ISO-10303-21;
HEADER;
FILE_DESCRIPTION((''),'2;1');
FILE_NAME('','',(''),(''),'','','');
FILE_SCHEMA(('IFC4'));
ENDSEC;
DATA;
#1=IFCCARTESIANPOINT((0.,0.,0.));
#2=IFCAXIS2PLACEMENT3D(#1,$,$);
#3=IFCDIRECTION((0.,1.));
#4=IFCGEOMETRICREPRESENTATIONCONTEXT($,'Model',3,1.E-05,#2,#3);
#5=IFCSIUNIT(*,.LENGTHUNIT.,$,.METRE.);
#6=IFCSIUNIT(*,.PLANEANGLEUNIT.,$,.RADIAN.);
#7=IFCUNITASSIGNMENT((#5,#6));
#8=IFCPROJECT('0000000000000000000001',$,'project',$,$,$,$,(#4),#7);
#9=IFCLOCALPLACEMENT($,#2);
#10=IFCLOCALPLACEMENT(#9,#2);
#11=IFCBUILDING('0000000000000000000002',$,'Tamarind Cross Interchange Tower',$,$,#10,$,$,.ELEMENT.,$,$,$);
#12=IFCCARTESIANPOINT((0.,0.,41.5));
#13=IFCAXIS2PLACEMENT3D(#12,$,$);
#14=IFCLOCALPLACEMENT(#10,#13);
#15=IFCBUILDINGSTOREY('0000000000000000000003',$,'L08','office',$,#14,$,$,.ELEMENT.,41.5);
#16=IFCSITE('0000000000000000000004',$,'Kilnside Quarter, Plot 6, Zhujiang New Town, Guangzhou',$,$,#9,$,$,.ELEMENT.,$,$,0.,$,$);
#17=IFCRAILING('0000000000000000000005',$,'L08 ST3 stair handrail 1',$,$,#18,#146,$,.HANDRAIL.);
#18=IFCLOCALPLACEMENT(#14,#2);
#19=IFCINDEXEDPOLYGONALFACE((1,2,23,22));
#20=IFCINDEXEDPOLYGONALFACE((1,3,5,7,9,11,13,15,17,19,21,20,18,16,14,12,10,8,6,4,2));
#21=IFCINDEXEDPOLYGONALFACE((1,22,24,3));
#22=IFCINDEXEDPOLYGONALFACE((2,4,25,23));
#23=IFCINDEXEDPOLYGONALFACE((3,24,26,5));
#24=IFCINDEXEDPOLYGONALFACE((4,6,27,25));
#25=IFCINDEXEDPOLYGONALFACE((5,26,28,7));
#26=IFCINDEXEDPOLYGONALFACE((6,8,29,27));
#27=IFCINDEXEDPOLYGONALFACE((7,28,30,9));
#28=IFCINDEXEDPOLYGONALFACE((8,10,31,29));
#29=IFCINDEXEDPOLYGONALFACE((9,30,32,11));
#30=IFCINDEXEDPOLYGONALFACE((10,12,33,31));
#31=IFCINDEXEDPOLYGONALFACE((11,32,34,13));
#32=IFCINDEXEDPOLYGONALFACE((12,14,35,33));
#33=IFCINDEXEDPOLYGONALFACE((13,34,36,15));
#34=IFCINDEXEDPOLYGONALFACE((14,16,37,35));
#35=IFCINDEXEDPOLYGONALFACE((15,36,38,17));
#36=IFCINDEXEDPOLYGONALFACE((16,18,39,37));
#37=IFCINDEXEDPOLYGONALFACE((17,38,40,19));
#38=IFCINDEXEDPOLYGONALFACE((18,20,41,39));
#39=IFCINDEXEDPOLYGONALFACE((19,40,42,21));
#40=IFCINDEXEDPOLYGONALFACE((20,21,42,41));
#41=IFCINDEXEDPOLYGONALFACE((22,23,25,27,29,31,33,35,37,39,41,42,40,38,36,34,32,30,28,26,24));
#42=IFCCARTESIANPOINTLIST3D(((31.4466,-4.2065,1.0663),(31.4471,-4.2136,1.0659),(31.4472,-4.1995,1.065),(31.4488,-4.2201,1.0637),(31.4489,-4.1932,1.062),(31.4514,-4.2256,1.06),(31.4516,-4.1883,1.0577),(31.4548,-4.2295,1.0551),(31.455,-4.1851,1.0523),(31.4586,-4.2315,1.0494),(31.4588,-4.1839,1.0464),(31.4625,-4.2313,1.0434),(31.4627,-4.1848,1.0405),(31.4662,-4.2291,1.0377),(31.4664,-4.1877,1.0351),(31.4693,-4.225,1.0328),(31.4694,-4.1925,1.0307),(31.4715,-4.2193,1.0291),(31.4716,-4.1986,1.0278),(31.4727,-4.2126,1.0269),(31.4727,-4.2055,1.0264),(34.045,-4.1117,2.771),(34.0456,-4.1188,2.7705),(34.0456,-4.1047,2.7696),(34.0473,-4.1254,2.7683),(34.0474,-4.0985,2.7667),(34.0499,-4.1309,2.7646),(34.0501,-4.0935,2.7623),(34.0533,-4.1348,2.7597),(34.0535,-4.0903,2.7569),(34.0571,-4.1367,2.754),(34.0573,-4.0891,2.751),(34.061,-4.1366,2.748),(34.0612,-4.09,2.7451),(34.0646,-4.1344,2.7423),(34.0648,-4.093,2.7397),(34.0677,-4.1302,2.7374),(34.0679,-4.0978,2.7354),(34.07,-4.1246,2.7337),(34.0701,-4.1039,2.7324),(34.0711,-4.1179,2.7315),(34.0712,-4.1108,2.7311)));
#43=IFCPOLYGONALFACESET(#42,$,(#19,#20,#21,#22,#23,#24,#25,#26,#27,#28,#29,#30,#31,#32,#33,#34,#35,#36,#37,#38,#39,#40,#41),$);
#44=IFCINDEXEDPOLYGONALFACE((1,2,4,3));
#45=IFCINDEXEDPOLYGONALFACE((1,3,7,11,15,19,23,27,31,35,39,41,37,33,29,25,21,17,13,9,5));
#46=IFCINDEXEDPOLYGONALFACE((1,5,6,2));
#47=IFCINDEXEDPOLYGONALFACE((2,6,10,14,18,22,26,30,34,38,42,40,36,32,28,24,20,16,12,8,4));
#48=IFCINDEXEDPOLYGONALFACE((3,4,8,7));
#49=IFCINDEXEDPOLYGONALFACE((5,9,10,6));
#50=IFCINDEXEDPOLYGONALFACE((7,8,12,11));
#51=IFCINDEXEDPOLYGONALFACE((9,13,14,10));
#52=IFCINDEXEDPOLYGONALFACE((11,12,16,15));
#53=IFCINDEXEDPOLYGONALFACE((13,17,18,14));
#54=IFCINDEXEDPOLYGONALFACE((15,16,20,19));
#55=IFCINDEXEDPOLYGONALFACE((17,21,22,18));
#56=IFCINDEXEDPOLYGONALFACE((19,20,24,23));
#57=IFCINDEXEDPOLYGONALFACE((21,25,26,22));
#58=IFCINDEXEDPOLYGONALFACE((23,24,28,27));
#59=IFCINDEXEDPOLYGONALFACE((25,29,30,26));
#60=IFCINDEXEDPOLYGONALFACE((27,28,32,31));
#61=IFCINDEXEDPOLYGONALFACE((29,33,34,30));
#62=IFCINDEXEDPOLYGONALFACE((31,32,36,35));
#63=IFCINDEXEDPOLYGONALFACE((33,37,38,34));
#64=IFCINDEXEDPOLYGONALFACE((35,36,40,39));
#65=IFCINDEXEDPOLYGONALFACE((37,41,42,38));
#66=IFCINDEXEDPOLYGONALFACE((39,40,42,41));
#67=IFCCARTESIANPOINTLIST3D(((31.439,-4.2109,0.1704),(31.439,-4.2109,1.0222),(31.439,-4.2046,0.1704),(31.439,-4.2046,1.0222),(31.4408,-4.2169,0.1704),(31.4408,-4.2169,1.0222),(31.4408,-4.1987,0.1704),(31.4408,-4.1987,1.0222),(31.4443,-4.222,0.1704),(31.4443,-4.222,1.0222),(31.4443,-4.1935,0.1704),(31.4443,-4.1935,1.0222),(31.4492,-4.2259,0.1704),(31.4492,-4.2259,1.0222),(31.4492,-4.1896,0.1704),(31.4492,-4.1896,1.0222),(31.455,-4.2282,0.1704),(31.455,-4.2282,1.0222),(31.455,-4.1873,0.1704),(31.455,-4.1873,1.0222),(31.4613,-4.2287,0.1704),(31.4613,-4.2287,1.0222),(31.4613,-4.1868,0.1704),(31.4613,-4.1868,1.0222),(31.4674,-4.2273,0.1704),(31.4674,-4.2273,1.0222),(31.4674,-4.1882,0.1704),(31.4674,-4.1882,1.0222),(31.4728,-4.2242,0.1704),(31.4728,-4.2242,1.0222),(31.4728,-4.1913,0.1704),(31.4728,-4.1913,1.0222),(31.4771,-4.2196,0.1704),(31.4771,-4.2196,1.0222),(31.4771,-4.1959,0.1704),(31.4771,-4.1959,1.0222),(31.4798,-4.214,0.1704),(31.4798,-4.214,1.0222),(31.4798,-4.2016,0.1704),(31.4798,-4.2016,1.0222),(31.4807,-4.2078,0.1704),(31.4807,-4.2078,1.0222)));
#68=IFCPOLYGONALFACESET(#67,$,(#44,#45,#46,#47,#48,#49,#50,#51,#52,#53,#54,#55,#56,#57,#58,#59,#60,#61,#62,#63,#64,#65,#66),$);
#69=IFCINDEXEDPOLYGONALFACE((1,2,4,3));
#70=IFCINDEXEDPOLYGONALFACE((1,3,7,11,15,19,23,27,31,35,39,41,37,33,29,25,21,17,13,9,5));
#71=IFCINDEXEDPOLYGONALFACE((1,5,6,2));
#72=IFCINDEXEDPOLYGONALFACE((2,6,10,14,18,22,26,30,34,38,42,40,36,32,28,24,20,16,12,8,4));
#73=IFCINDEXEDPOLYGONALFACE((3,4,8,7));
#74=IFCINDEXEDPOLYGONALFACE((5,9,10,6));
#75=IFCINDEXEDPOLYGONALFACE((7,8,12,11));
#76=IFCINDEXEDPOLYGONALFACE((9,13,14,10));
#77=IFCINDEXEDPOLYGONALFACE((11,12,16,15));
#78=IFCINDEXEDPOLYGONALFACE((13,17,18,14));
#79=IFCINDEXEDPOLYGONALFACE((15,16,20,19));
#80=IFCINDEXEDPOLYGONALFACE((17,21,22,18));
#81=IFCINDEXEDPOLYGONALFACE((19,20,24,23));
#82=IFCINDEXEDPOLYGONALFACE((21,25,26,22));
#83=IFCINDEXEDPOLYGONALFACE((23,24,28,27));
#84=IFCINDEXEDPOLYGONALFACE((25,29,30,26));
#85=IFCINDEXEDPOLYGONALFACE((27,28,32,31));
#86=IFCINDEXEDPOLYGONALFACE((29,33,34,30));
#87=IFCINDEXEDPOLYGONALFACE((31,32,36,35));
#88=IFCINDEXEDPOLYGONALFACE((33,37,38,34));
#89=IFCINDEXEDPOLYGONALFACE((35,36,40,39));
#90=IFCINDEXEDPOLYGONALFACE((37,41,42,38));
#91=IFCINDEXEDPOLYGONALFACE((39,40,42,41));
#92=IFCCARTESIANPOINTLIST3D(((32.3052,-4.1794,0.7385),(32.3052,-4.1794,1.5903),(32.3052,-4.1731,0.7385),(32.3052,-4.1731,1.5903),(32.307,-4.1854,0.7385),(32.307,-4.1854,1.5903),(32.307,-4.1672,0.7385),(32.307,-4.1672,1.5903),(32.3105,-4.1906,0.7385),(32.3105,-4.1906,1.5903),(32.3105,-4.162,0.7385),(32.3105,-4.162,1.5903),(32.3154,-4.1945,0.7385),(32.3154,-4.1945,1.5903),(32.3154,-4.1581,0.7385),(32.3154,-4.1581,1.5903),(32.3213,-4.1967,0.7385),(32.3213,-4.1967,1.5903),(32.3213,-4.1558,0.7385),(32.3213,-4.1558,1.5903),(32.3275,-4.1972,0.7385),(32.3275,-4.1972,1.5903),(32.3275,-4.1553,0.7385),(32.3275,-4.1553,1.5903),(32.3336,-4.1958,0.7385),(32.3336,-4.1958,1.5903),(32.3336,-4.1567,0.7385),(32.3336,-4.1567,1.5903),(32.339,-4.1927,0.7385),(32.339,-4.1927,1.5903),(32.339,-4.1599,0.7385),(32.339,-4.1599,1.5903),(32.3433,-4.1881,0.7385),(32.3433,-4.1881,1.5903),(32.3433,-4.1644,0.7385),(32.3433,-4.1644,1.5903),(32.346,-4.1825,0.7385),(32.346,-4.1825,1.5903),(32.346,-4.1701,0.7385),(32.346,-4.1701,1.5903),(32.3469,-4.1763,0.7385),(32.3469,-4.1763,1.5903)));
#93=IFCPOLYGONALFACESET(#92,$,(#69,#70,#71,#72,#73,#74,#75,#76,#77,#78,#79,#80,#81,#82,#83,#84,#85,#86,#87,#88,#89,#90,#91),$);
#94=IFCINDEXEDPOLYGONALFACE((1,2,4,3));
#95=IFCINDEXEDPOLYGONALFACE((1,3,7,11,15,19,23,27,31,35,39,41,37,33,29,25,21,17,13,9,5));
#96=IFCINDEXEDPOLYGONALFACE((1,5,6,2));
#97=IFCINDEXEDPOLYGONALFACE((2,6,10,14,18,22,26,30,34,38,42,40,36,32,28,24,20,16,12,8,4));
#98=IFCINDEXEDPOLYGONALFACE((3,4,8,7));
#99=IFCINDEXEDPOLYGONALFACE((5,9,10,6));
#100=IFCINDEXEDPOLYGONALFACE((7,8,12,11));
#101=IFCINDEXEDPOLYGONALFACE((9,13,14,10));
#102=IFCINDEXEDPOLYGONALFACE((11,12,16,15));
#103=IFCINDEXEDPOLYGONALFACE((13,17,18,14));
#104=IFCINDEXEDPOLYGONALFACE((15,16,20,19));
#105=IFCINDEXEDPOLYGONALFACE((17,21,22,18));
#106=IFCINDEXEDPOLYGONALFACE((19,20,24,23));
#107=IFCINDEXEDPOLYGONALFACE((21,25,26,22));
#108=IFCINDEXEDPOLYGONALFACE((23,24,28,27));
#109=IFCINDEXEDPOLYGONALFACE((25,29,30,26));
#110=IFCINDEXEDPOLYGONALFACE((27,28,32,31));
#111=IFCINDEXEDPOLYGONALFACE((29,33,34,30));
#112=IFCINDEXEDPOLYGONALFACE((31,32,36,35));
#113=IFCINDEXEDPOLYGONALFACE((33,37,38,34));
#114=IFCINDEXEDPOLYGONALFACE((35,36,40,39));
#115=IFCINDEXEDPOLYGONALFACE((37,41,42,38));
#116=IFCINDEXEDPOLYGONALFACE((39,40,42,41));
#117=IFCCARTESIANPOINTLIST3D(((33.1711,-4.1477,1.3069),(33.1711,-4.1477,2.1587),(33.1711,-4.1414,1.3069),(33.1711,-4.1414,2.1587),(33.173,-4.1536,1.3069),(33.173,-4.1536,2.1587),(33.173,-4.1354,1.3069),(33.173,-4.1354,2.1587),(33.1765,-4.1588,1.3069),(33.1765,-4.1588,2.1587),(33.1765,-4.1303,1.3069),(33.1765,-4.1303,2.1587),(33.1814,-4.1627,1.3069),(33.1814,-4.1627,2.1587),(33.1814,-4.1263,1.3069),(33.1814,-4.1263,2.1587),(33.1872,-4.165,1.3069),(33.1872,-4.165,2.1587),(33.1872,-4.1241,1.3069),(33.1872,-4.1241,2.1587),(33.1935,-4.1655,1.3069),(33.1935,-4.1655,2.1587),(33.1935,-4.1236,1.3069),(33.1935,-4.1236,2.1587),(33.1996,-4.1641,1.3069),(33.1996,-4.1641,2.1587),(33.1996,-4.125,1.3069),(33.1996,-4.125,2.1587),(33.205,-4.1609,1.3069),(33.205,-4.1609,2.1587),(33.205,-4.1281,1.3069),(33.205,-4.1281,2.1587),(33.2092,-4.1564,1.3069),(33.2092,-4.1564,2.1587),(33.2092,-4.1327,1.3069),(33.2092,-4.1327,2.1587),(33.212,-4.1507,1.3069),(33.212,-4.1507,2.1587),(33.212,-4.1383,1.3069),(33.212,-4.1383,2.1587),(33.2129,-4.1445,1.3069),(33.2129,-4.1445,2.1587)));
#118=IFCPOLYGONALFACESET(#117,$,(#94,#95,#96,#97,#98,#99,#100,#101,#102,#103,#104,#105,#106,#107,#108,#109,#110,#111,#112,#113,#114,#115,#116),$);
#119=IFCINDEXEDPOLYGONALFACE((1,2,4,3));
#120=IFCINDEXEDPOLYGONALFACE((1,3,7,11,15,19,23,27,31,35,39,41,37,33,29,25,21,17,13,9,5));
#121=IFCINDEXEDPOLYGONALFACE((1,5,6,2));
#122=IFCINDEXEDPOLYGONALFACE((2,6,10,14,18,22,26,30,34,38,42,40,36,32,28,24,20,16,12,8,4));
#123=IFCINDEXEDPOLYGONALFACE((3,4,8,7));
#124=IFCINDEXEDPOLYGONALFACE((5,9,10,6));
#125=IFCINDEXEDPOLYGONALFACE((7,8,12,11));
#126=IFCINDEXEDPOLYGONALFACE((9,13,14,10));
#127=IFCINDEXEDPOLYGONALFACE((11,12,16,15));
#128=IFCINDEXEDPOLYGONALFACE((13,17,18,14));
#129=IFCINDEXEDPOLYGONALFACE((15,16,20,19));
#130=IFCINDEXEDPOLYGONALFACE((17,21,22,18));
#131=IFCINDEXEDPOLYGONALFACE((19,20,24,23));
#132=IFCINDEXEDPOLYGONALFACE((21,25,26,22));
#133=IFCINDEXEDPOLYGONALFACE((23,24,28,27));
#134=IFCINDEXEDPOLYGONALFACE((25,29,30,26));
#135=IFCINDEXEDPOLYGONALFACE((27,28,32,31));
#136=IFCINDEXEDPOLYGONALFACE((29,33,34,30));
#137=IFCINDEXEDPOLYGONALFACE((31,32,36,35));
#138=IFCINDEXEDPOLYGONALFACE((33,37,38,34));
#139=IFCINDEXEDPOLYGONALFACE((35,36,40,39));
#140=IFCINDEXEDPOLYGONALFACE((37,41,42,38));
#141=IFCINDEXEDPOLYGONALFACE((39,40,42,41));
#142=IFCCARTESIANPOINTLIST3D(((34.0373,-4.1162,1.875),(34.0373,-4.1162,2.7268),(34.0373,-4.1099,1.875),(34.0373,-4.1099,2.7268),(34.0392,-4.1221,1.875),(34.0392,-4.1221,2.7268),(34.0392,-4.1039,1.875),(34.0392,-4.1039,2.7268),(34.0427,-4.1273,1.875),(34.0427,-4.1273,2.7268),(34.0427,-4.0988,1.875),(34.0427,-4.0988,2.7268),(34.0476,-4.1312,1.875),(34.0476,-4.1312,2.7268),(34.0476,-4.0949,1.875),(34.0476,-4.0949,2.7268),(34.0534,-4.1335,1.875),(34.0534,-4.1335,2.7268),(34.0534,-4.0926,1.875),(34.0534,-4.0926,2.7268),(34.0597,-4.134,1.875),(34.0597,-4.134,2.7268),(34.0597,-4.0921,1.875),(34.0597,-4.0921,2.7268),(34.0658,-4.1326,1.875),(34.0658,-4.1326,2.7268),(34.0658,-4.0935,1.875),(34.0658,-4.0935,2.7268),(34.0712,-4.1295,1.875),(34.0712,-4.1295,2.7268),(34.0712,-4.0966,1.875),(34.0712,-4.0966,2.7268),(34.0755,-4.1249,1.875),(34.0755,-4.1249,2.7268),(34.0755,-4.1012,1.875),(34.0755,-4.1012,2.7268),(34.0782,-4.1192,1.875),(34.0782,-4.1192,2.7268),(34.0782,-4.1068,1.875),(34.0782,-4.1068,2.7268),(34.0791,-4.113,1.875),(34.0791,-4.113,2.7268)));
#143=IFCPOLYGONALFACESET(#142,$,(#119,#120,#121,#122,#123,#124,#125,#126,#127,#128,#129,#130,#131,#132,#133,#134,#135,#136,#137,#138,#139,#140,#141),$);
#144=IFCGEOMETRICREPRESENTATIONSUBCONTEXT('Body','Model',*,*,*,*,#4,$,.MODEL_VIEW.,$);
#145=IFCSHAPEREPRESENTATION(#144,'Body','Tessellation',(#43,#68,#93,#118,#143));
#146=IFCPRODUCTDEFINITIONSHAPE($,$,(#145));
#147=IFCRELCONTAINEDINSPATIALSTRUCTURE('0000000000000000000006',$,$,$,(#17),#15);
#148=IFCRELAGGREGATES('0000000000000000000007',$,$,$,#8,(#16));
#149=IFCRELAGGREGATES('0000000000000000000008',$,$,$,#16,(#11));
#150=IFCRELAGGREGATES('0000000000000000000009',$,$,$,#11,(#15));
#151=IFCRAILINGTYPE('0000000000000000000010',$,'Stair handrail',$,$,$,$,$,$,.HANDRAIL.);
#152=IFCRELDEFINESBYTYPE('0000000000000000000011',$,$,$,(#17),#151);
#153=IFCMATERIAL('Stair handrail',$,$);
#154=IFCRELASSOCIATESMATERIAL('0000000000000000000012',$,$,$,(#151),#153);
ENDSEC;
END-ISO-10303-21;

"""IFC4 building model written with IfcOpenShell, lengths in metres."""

from ifc_helpers import new_model, si_unit, direction, frame, origin, origin_2d, place, context, subcontext, project, spatial, circle, extrude, material, type_object, element, save


model = new_model("IFC4")

# Units and contexts
model_context = context("Model", 3, precision=1e-05, world=origin(), true_north=direction((0.0, 1.0)))
body_context = subcontext(model_context, "Body", "Model", "MODEL_VIEW")
ifc_project = project(units=[si_unit("LENGTHUNIT", "METRE"), si_unit("PLANEANGLEUNIT", "RADIAN")], contexts=[model_context])

# Site, building, storey
site_placement = place(None, origin())
site = spatial("IfcSite", under=ifc_project, at=site_placement, Name="Kilnside Quarter, Plot 6, Zhujiang New Town, Guangzhou", CompositionType="ELEMENT", RefElevation=0.0)
building_placement = place(site_placement, origin())
building = spatial("IfcBuilding", under=site, at=building_placement, Name="Tamarind Cross Interchange Tower", CompositionType="ELEMENT")
storey_placement = place(building_placement, frame((0.0, 0.0, 41.5)))
storey = spatial("IfcBuildingStorey", under=building, at=storey_placement, Name="L08", Description="office", CompositionType="ELEMENT", Elevation=41.5)

# Railing
ifc_material_1 = material(Name="Stair handrail")
railing_type_1 = type_object("IfcRailingType", Name="Stair handrail", PredefinedType="HANDRAIL", material=ifc_material_1)
railing_1_placement = place(storey_placement, frame((31.4597, -4.2078, 0.1704)))
element("IfcRailing", 1, at=railing_1_placement, inside=storey, type_object=railing_type_1, Name="L08 ST3 stair handrail 1", PredefinedType="HANDRAIL", context=body_context, shape_type="SweptSolid", body=[
    extrude(circle(Radius=0.0239, at=origin_2d()), frame((0.0, 0.0, 0.876), z_axis=(0.835749, 0.030468, 0.548266), x_axis=(-0.036432, 0.999336, 0.0)), (0.0, 0.0, 1.0), 3.1091),
    extrude(circle(Radius=0.021, at=origin_2d()), origin(), (0.0, 0.0, 1.0), 0.8518),
    extrude(circle(Radius=0.021, at=origin_2d()), frame((0.8662, 0.0315, 0.5681)), (0.0, 0.0, 1.0), 0.8518),
    extrude(circle(Radius=0.021, at=origin_2d()), frame((1.7322, 0.0632, 1.1365)), (0.0, 0.0, 1.0), 0.8518),
    extrude(circle(Radius=0.021, at=origin_2d()), frame((2.5984, 0.0947, 1.7046)), (0.0, 0.0, 1.0), 0.8518),
])

save(model, "model.ifc")
